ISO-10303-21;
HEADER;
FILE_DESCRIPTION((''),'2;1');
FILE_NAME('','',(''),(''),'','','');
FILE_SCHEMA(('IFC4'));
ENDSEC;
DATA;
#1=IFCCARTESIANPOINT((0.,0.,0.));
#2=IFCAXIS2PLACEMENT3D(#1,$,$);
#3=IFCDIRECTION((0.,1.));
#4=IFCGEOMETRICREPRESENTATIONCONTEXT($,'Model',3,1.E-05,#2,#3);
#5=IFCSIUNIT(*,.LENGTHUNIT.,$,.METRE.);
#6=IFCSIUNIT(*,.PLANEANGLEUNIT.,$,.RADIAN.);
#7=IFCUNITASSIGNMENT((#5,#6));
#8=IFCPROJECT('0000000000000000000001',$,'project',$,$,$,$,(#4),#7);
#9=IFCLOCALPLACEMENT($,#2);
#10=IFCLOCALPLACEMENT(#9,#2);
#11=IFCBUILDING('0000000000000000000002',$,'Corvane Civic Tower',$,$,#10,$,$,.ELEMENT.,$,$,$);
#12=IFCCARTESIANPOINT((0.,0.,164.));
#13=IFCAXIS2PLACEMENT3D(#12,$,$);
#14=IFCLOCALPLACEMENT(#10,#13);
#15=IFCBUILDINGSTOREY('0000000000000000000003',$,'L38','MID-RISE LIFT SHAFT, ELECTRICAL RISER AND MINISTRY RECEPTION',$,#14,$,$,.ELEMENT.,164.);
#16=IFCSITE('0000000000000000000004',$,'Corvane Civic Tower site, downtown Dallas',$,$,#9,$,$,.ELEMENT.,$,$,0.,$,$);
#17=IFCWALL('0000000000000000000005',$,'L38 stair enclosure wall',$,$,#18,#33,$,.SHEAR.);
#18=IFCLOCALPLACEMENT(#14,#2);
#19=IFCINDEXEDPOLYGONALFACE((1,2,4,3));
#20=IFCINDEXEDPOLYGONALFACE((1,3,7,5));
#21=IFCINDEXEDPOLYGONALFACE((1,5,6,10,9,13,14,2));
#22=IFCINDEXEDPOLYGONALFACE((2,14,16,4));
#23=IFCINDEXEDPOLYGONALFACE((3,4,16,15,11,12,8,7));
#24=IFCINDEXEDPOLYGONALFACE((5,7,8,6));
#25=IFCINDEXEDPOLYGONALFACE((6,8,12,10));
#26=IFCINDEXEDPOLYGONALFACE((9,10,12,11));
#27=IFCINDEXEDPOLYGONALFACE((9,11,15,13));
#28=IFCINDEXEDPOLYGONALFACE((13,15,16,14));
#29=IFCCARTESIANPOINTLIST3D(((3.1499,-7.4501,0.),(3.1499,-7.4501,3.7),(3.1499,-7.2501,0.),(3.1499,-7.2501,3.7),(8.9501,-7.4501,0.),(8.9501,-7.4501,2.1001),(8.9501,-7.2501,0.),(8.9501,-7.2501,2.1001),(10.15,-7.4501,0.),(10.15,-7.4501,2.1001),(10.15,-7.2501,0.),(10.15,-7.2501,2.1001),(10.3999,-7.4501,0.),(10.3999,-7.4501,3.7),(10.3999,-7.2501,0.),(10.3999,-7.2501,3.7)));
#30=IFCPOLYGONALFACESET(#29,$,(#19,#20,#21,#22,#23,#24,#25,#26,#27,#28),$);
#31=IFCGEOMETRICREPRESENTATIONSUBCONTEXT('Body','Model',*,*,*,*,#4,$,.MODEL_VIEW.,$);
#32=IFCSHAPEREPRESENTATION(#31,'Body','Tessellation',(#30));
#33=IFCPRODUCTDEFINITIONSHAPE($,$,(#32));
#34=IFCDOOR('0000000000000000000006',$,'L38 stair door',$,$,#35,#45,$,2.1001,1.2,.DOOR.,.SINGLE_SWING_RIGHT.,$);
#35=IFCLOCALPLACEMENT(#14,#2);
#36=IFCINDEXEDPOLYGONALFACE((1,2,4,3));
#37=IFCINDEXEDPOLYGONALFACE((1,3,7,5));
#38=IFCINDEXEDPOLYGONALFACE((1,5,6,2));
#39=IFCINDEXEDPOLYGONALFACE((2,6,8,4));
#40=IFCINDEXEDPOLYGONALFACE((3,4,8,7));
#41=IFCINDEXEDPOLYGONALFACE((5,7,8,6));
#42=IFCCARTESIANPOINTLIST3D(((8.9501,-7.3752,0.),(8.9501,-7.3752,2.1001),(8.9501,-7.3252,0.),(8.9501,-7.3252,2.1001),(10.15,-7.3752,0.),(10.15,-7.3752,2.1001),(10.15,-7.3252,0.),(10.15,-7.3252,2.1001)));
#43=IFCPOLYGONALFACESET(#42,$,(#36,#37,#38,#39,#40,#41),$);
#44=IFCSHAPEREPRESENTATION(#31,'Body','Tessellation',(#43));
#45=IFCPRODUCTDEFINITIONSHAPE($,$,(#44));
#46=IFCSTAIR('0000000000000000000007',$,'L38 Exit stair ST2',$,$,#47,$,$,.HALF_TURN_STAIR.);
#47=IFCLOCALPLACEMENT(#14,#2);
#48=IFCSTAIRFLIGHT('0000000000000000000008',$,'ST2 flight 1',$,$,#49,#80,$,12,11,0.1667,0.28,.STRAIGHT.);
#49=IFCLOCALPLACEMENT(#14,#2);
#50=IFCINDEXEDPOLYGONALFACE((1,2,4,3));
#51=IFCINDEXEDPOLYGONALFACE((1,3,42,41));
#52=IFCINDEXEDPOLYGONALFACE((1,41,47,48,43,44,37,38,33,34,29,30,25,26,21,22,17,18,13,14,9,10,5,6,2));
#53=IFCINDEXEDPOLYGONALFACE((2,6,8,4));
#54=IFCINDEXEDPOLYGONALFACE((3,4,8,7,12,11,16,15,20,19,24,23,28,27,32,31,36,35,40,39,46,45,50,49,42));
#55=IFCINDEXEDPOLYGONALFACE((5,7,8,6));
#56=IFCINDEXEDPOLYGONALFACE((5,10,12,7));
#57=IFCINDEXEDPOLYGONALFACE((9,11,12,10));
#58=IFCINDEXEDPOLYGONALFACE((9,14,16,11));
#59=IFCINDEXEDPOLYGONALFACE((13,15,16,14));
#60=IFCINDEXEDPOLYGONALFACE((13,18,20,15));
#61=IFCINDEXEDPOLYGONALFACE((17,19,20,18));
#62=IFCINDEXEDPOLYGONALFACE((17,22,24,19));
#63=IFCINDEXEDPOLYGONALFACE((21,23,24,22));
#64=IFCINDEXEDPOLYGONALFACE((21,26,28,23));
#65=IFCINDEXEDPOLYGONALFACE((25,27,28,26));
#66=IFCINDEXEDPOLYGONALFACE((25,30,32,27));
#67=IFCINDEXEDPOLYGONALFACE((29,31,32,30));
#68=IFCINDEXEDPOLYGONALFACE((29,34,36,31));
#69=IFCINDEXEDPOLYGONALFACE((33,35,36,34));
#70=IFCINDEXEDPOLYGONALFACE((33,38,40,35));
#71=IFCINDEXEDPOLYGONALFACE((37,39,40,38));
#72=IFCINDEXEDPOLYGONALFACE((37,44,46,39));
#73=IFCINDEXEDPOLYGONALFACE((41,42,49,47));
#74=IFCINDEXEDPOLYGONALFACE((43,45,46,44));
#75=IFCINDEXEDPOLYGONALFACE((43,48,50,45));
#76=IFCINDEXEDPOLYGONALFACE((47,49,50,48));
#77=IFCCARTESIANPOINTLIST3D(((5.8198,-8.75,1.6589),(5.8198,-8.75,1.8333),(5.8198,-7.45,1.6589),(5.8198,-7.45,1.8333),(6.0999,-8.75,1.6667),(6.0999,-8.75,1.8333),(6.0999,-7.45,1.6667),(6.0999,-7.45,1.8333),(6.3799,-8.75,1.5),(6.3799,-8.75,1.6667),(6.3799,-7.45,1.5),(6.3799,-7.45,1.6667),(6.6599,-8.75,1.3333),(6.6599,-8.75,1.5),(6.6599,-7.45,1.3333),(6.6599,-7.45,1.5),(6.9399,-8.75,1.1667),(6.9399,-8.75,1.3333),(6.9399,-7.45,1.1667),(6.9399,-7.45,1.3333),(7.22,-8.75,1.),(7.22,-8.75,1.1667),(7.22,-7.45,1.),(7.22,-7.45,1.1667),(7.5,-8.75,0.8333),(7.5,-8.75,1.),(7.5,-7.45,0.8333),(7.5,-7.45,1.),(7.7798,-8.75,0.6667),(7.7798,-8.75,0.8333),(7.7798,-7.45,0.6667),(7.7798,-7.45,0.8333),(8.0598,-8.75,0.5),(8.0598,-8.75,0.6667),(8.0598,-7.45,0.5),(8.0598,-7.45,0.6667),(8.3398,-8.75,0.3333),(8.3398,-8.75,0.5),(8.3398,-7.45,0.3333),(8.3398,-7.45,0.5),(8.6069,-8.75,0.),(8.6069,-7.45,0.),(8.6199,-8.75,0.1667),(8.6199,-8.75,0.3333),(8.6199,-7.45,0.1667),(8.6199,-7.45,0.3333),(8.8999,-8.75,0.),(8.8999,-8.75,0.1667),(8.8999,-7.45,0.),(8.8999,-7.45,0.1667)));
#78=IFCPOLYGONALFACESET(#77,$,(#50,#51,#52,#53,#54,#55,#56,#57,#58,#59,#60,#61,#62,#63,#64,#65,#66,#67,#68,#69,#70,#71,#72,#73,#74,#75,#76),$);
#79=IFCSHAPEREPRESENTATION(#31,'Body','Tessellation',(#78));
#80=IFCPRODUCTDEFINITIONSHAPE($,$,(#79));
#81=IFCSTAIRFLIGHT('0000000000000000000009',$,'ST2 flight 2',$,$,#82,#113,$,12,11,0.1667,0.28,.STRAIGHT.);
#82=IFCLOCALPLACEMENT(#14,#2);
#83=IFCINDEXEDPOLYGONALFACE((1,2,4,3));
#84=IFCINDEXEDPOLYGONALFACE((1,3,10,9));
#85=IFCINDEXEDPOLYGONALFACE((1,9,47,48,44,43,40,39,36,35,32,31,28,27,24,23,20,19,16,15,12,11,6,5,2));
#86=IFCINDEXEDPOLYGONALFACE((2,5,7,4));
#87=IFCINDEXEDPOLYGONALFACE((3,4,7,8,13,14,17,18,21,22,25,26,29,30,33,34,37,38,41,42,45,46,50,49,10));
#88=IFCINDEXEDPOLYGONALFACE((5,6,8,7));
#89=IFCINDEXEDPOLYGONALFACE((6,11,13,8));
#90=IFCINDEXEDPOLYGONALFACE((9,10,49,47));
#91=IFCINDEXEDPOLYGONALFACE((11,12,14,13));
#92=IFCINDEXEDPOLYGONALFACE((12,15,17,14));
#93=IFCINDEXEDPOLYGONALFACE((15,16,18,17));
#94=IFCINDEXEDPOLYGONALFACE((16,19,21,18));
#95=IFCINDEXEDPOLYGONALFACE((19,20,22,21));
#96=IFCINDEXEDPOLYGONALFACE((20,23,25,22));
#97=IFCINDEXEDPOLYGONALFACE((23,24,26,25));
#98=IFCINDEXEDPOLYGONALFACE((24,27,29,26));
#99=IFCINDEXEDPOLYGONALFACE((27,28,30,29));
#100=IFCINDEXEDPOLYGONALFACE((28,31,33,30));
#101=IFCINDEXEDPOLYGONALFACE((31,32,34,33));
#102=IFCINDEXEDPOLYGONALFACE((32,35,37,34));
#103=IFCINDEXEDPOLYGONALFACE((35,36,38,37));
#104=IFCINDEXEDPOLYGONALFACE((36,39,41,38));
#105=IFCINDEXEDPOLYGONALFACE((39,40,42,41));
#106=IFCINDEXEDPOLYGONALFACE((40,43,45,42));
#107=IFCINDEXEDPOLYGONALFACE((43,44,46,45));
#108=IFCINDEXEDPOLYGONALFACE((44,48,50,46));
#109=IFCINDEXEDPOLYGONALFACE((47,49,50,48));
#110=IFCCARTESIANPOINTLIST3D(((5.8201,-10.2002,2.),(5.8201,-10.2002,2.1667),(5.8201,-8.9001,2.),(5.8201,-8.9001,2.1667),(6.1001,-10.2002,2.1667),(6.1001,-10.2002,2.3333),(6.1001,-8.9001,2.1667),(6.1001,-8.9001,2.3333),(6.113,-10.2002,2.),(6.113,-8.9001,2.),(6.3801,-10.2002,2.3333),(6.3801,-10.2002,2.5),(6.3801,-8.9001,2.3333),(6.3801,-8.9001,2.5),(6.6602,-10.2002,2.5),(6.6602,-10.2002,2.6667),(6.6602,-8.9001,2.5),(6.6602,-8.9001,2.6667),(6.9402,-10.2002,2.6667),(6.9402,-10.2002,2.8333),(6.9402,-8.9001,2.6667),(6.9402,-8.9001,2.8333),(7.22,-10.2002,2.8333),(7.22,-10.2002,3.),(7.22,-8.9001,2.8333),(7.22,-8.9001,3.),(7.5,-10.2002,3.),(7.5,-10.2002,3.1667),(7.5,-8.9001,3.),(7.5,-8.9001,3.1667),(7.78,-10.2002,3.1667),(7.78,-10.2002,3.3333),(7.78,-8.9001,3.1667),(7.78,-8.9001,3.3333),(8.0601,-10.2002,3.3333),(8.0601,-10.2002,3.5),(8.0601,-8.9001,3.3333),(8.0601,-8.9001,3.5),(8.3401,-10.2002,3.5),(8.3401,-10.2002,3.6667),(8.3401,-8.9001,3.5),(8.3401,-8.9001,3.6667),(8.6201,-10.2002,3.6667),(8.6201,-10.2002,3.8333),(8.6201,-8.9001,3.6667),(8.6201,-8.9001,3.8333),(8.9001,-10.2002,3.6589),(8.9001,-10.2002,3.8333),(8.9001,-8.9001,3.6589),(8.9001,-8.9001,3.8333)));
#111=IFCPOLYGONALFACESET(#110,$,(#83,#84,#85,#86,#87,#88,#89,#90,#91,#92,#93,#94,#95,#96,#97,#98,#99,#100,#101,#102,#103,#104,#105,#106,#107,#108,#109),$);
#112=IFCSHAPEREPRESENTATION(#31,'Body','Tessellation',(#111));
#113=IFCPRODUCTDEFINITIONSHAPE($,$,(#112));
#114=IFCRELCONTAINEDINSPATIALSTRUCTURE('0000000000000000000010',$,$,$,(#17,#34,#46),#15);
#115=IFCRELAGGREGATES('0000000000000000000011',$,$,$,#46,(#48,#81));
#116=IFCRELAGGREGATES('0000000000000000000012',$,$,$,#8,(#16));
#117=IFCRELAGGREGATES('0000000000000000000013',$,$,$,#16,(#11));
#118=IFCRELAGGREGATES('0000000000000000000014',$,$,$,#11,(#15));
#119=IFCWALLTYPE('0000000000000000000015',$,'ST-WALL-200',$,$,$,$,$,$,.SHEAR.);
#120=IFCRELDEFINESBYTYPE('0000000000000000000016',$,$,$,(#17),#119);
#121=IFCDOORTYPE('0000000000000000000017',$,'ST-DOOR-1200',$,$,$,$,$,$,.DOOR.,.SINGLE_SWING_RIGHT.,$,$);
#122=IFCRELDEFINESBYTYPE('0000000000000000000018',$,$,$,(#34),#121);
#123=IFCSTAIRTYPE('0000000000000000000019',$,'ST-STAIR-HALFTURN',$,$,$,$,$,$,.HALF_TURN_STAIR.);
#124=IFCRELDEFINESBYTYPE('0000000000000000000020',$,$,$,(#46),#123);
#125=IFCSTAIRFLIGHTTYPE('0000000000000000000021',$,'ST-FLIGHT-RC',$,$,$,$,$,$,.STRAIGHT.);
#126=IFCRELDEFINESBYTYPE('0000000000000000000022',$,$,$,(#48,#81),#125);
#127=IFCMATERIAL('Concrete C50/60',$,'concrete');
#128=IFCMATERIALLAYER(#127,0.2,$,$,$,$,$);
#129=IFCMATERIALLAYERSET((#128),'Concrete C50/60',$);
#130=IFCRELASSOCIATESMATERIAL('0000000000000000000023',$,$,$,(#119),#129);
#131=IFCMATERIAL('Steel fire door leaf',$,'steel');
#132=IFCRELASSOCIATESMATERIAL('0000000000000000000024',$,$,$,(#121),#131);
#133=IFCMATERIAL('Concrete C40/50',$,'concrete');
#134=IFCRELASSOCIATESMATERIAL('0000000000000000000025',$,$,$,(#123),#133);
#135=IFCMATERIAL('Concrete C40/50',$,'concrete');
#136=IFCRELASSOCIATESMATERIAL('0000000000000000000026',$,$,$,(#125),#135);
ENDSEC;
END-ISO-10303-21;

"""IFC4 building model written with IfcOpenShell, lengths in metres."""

from ifc_helpers import new_model, si_unit, direction, frame, frame_2d, origin, place, context, subcontext, project, spatial, polyline, rectangle, outline, extrude, material, layer, layer_set, type_object, element, fill, aggregate, save


model = new_model("IFC4")

# Units and contexts
model_context = context("Model", 3, precision=1e-05, world=origin(), true_north=direction((0.0, 1.0)))
body_context = subcontext(model_context, "Body", "Model", "MODEL_VIEW")
ifc_project = project(units=[si_unit("LENGTHUNIT", "METRE"), si_unit("PLANEANGLEUNIT", "RADIAN")], contexts=[model_context])

# Site, building, storey
site_placement = place(None, origin())
site = spatial("IfcSite", under=ifc_project, at=site_placement, Name="Corvane Civic Tower site, downtown Dallas", CompositionType="ELEMENT", RefElevation=0.0)
building_placement = place(site_placement, origin())
building = spatial("IfcBuilding", under=site, at=building_placement, Name="Corvane Civic Tower", CompositionType="ELEMENT")
storey_placement = place(building_placement, frame((0.0, 0.0, 164.0)))
storey = spatial("IfcBuildingStorey", under=building, at=storey_placement, Name="L38", Description="MID-RISE LIFT SHAFT, ELECTRICAL RISER AND MINISTRY RECEPTION", CompositionType="ELEMENT", Elevation=164.0)

# Wall, opening, door
ifc_material_1 = material(Name="Concrete C50/60", Category="concrete")
ifc_layer_1 = layer(ifc_material_1, 0.2)
ifc_layer_set_1 = layer_set([ifc_layer_1], Name="Concrete C50/60")
wall_type_1 = type_object("IfcWallType", Name="ST-WALL-200", PredefinedType="SHEAR", material=ifc_layer_set_1)
wall_1_placement = place(storey_placement, frame((3.1499, -7.3501, 0.0), z_axis=(0.0, 0.0, 1.0), x_axis=(1.0, 0.0, 0.0)))
wall_1 = element("IfcWall", 1, at=wall_1_placement, inside=storey, type_object=wall_type_1, Name="L38 stair enclosure wall", PredefinedType="SHEAR", context=body_context, shape_type="SweptSolid", body=[
    extrude(rectangle(XDim=7.25, YDim=0.2, at=frame_2d((3.625, 0.0))), origin(), (0.0, 0.0, 1.0), 3.7),
])
opening_1_placement = place(wall_1_placement, frame((5.8, 0.0, 0.0)))
opening_1 = element("IfcOpeningElement", 2, at=opening_1_placement, cuts=wall_1, PredefinedType="OPENING", context=body_context, shape_type="SweptSolid", body=[
    extrude(rectangle(XDim=1.2, YDim=2.1001, at=frame_2d((0.6001, 1.05))), frame((0.0, 0.1099, 0.0), z_axis=(0.0, -1.0, 0.0), x_axis=(1.0, 0.0, 0.0)), (0.0, 0.0, 1.0), 0.22),
])
ifc_material_2 = material(Name="Steel fire door leaf", Category="steel")
door_type_1 = type_object("IfcDoorType", Name="ST-DOOR-1200", OperationType="SINGLE_SWING_RIGHT", PredefinedType="DOOR", material=ifc_material_2)
door_1_placement = place(opening_1_placement, origin())
door_1 = element("IfcDoor", 3, at=door_1_placement, inside=storey, type_object=door_type_1, Name="L38 stair door", OperationType="SINGLE_SWING_RIGHT", OverallHeight=2.1001, OverallWidth=1.2, PredefinedType="DOOR", context=body_context, shape_type="SweptSolid", body=[
    extrude(rectangle(XDim=1.2, YDim=2.1001, at=frame_2d((0.6001, 1.05))), frame((0.0, 0.0249, 0.0), z_axis=(0.0, -1.0, 0.0), x_axis=(1.0, 0.0, 0.0)), (0.0, 0.0, 1.0), 0.05),
])
fill(opening_1, door_1)

# Stair, stair flights
ifc_material_3 = material(Name="Concrete C40/50", Category="concrete")
stair_type = type_object("IfcStairType", Name="ST-STAIR-HALFTURN", PredefinedType="HALF_TURN_STAIR", material=ifc_material_3)
stair_placement = place(storey_placement, origin())
stair = element("IfcStair", 4, at=stair_placement, inside=storey, type_object=stair_type, Name="L38 Exit stair ST2", PredefinedType="HALF_TURN_STAIR")
ifc_material_4 = material(Name="Concrete C40/50", Category="concrete")
stair_flight_type = type_object("IfcStairFlightType", Name="ST-FLIGHT-RC", PredefinedType="STRAIGHT", material=ifc_material_4)
stair_flight_1_placement = place(storey_placement, frame((8.8999, -8.1001, 0.0), z_axis=(0.0, 0.0, 1.0), x_axis=(-1.0, 0.0, 0.0)))
stair_flight_1 = element("IfcStairFlight", 5, at=stair_flight_1_placement, type_object=stair_flight_type, Name="ST2 flight 1", NumberOfRisers=12, NumberOfTreads=11, PredefinedType="STRAIGHT", RiserHeight=0.1667, TreadLength=0.28, context=body_context, shape_type="SweptSolid", body=[
    extrude(outline(polyline([(0.0, 0.0), (0.0, 0.1667), (0.28, 0.1667), (0.28, 0.3333), (0.5601, 0.3333), (0.5601, 0.5), (0.8401, 0.5), (0.8401, 0.6667), (1.1201, 0.6667), (1.1201, 0.8333), (1.3999, 0.8333), (1.3999, 1.0), (1.6799, 1.0), (1.6799, 1.1667), (1.96, 1.1667), (1.96, 1.3333), (2.24, 1.3333), (2.24, 1.5), (2.52, 1.5), (2.52, 1.6667), (2.8, 1.6667), (2.8, 1.8333), (3.0801, 1.8333), (3.0801, 2.0), (3.0801, 1.6589), (0.293, 0.0), (0.0, 0.0)])), frame((0.0, 0.6499, 0.0), z_axis=(0.0, -1.0, 0.0), x_axis=(1.0, 0.0, 0.0)), (0.0, 0.0, 1.0), 1.3),
])
stair_flight_2_placement = place(storey_placement, frame((5.8201, -9.55, 2.0), z_axis=(0.0, 0.0, 1.0), x_axis=(1.0, 0.0, 0.0)))
stair_flight_2 = element("IfcStairFlight", 6, at=stair_flight_2_placement, type_object=stair_flight_type, Name="ST2 flight 2", NumberOfRisers=12, NumberOfTreads=11, PredefinedType="STRAIGHT", RiserHeight=0.1667, TreadLength=0.28, context=body_context, shape_type="SweptSolid", body=[
    extrude(outline(polyline([(0.0, 0.0), (0.0, 0.1667), (0.28, 0.1667), (0.28, 0.3333), (0.5601, 0.3333), (0.5601, 0.5), (0.8401, 0.5), (0.8401, 0.6667), (1.1201, 0.6667), (1.1201, 0.8333), (1.3999, 0.8333), (1.3999, 1.0), (1.6799, 1.0), (1.6799, 1.1667), (1.96, 1.1667), (1.96, 1.3333), (2.24, 1.3333), (2.24, 1.5), (2.52, 1.5), (2.52, 1.6667), (2.8, 1.6667), (2.8, 1.8333), (3.0801, 1.8333), (3.0801, 2.0), (3.0801, 1.6589), (0.293, 0.0), (0.0, 0.0)])), frame((0.0, 0.6499, 0.0), z_axis=(0.0, -1.0, 0.0), x_axis=(1.0, 0.0, 0.0)), (0.0, 0.0, 1.0), 1.3),
])
aggregate(stair, [stair_flight_1, stair_flight_2])

save(model, "model.ifc")
